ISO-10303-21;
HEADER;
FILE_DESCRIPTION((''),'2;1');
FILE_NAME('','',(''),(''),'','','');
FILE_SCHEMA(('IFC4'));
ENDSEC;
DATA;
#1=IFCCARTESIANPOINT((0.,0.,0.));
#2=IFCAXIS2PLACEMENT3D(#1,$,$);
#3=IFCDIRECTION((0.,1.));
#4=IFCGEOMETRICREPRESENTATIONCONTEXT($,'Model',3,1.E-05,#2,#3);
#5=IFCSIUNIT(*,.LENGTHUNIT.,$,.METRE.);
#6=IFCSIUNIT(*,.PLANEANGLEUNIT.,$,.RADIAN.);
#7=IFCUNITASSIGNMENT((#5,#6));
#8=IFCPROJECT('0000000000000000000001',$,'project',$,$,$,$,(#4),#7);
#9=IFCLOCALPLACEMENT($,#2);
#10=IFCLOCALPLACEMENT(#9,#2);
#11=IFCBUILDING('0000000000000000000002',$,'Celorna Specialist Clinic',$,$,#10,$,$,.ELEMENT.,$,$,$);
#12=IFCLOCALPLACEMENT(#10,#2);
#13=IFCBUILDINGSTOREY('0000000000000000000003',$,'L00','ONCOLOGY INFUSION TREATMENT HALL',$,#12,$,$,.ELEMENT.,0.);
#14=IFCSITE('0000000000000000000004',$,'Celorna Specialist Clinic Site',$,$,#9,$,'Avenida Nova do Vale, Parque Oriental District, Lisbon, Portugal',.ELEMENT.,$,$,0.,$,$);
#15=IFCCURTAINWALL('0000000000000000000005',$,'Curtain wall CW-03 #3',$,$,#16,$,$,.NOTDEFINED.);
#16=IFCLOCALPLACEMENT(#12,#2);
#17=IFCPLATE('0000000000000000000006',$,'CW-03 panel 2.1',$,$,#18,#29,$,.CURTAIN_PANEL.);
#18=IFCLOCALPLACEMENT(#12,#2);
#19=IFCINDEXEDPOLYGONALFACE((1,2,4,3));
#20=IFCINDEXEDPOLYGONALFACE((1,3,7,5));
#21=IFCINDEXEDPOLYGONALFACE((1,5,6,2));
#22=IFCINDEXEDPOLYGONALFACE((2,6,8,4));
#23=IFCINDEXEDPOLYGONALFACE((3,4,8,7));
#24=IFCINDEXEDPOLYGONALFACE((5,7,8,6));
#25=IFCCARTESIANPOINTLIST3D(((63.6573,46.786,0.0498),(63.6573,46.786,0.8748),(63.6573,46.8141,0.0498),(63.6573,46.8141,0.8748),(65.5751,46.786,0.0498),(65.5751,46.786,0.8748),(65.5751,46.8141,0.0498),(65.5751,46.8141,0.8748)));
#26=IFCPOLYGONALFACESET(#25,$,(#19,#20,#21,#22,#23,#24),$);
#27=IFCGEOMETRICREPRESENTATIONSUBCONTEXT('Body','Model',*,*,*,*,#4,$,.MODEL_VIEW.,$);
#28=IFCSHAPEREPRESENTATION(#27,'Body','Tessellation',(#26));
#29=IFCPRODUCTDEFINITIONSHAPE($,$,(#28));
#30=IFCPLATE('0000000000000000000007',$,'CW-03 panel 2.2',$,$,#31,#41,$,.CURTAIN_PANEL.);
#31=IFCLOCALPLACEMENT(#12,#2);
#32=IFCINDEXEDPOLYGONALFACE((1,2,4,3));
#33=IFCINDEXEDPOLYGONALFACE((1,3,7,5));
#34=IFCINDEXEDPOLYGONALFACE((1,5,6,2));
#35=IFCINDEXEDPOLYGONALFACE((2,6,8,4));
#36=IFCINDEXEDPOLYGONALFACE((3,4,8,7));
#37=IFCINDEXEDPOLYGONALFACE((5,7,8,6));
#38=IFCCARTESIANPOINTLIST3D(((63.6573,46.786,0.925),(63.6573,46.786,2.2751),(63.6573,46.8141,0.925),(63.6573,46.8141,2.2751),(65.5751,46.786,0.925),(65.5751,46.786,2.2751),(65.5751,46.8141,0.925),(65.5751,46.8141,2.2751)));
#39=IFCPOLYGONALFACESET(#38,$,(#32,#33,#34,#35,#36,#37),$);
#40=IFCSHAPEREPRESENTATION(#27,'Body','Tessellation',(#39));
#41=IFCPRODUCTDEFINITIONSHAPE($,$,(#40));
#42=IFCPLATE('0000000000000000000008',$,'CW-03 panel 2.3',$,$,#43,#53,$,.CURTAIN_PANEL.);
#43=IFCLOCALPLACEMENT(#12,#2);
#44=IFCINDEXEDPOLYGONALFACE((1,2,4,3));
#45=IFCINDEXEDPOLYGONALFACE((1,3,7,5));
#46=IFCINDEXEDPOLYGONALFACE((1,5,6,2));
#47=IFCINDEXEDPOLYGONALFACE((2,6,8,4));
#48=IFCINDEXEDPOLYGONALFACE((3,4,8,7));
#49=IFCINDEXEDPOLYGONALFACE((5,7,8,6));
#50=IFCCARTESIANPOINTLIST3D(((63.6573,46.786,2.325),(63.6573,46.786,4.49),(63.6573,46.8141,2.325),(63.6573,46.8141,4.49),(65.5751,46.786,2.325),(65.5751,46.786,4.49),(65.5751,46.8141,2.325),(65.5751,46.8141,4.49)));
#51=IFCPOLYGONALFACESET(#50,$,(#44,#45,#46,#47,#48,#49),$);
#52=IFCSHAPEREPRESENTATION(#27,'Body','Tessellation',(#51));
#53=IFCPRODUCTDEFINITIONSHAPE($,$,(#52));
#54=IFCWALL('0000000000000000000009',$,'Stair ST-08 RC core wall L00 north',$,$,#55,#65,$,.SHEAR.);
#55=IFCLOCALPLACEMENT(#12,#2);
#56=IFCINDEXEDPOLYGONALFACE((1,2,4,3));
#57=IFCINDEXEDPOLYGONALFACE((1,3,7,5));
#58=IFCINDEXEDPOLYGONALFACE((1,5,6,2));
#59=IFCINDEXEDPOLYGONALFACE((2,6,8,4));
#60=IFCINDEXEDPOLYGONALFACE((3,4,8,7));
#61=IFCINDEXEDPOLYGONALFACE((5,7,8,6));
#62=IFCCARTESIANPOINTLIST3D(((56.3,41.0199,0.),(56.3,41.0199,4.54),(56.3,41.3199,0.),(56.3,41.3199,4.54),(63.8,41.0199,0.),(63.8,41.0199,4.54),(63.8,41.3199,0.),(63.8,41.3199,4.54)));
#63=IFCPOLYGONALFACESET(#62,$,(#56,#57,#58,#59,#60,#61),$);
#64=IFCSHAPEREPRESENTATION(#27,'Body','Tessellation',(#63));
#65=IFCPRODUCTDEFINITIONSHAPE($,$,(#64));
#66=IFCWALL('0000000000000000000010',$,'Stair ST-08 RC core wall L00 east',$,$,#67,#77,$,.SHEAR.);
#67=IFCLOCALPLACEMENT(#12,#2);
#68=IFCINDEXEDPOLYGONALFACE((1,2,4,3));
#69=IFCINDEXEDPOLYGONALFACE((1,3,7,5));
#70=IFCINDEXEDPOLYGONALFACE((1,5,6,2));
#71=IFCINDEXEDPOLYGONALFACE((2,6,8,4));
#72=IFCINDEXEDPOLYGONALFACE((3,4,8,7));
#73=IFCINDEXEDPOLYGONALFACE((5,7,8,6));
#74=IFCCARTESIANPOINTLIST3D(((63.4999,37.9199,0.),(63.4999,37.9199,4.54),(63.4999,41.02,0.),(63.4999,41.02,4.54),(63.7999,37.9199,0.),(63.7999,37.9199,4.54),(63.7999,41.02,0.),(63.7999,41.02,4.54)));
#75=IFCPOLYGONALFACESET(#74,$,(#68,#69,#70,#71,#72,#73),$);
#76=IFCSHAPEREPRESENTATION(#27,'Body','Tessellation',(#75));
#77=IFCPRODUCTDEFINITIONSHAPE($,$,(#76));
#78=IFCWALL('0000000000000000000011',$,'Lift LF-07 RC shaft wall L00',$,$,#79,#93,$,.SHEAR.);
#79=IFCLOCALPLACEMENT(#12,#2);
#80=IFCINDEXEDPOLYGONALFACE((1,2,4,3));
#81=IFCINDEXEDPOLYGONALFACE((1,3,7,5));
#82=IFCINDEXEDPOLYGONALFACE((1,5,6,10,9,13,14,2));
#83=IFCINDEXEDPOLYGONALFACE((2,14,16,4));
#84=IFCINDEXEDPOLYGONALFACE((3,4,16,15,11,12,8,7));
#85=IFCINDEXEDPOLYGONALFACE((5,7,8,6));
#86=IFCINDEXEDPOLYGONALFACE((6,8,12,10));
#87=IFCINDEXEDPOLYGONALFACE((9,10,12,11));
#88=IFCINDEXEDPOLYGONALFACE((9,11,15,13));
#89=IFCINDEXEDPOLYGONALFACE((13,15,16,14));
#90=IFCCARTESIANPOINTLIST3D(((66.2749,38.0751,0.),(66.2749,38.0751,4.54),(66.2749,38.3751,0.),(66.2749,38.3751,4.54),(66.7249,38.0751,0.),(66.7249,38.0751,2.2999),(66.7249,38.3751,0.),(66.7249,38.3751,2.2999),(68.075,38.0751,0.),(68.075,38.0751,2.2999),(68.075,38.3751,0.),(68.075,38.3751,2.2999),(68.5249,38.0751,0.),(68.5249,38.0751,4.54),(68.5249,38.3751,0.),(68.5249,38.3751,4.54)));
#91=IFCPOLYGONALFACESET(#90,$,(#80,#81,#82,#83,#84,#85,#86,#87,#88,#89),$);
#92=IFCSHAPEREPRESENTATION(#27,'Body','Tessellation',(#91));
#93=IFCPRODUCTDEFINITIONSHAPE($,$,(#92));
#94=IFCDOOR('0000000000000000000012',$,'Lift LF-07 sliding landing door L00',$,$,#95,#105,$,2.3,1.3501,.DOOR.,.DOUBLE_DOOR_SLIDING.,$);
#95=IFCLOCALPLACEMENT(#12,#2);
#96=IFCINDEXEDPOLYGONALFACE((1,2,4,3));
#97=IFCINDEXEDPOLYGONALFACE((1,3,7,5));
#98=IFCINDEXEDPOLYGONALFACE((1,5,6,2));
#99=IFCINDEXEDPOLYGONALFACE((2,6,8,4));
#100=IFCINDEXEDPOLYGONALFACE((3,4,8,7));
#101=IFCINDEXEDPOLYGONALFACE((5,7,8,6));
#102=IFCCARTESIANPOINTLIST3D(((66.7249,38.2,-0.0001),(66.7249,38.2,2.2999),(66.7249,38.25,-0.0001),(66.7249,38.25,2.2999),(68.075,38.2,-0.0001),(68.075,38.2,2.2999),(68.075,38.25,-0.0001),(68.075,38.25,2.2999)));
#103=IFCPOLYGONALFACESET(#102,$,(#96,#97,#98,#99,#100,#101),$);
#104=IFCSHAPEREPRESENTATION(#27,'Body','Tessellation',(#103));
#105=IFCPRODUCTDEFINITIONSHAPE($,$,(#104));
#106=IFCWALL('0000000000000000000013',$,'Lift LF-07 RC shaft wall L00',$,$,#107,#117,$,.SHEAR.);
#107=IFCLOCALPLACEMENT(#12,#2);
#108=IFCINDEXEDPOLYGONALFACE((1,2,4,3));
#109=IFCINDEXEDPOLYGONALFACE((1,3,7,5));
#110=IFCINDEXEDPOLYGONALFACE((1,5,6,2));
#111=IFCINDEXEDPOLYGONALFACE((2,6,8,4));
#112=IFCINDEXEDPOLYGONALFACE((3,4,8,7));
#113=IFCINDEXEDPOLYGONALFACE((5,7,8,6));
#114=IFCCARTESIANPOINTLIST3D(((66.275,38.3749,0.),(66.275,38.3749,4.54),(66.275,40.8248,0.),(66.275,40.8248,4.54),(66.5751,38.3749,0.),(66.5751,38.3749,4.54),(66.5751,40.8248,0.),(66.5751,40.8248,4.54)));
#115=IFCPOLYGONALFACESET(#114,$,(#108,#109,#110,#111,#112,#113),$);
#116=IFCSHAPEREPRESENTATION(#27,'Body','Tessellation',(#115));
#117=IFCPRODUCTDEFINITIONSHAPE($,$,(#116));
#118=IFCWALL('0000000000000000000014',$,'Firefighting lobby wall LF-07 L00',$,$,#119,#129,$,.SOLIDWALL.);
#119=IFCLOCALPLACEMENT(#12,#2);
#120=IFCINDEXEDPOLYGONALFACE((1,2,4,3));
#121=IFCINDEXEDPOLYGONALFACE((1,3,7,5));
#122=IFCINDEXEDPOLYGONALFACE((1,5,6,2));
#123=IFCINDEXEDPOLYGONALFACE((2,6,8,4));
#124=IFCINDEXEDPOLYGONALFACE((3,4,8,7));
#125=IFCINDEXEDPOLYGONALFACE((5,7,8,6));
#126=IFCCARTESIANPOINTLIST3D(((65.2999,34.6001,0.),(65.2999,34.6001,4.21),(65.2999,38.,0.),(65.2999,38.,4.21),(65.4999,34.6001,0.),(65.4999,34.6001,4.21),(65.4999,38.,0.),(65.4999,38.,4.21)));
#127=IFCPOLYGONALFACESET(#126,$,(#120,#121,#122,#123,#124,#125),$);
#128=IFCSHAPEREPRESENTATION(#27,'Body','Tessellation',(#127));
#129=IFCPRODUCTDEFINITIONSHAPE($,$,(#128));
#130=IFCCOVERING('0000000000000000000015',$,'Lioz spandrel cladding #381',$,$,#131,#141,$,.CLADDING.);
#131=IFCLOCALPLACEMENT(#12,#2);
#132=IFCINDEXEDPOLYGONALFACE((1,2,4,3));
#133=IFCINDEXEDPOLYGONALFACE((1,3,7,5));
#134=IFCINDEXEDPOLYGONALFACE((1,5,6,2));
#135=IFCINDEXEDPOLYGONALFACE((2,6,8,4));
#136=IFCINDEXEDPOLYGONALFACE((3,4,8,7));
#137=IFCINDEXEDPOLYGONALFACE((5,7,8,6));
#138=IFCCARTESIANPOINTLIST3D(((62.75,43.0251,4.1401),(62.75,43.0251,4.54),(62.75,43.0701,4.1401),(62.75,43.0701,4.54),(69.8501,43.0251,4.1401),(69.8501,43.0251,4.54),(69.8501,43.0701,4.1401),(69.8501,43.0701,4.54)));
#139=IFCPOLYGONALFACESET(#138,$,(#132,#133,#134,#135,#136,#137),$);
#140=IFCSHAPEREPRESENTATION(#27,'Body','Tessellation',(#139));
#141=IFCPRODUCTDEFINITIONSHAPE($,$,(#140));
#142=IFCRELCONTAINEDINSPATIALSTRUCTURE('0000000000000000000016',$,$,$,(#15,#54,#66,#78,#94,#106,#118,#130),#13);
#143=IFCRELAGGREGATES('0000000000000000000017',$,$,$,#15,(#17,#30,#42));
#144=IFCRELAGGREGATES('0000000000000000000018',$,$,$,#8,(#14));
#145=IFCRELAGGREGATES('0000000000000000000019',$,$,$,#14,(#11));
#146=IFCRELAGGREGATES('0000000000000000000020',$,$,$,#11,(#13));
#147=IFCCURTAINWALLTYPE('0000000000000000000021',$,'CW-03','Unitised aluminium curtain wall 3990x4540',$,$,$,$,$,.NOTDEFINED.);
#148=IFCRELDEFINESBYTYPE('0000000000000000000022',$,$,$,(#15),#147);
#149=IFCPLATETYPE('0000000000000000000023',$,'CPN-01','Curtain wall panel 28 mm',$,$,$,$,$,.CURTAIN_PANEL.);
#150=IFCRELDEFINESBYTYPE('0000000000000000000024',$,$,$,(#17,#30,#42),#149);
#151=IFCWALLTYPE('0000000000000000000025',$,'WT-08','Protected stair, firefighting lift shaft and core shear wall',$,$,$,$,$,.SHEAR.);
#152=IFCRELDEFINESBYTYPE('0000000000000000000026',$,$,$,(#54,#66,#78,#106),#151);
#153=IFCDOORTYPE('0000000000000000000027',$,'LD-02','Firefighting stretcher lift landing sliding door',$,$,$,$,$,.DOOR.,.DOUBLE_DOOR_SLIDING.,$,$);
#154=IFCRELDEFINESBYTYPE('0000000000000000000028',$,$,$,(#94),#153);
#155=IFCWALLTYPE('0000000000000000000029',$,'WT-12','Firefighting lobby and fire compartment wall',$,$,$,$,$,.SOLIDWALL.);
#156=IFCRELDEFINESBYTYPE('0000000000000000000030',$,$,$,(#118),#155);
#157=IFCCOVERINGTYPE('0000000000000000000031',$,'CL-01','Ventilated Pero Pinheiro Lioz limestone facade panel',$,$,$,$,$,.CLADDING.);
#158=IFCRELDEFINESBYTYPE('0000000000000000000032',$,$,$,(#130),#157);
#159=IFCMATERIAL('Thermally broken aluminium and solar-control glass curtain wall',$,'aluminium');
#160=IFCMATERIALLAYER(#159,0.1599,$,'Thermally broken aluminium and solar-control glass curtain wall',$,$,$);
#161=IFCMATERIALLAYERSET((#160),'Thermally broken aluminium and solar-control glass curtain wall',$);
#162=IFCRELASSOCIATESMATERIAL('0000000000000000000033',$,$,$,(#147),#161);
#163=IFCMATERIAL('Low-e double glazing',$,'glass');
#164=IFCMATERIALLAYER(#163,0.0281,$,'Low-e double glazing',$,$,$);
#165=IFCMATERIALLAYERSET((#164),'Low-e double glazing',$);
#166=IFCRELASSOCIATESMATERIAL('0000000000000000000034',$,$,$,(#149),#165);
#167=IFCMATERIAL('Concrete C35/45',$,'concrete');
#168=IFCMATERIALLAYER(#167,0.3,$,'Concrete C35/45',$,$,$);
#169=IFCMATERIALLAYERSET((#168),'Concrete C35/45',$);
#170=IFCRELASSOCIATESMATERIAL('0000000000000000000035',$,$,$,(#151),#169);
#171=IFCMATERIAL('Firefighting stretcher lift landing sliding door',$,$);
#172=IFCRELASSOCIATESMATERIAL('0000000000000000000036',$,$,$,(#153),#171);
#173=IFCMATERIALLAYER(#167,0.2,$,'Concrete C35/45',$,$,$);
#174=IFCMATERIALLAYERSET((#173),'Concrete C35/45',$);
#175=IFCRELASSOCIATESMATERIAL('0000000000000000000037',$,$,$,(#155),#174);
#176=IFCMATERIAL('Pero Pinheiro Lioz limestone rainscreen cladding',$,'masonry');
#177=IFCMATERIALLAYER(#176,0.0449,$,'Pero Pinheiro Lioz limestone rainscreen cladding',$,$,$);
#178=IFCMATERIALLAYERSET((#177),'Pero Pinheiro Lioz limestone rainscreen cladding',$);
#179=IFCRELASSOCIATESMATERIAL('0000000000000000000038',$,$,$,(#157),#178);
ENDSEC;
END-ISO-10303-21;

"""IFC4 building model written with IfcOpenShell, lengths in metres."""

from ifc_helpers import new_model, si_unit, direction, frame, frame_2d, origin, origin_2d, place, context, subcontext, project, spatial, rectangle, extrude, material, layer, layer_set, type_object, element, fill, aggregate, save


model = new_model("IFC4")

# Units and contexts
model_context = context("Model", 3, precision=1e-05, world=origin(), true_north=direction((0.0, 1.0)))
body_context = subcontext(model_context, "Body", "Model", "MODEL_VIEW")
ifc_project = project(units=[si_unit("LENGTHUNIT", "METRE"), si_unit("PLANEANGLEUNIT", "RADIAN")], contexts=[model_context])

# Site, building, storey
site_placement = place(None, origin())
site = spatial("IfcSite", under=ifc_project, at=site_placement, Name="Celorna Specialist Clinic Site", LongName="Avenida Nova do Vale, Parque Oriental District, Lisbon, Portugal", CompositionType="ELEMENT", RefElevation=0.0)
building_placement = place(site_placement, origin())
building = spatial("IfcBuilding", under=site, at=building_placement, Name="Celorna Specialist Clinic", CompositionType="ELEMENT")
storey_placement = place(building_placement, origin())
storey = spatial("IfcBuildingStorey", under=building, at=storey_placement, Name="L00", Description="ONCOLOGY INFUSION TREATMENT HALL", CompositionType="ELEMENT", Elevation=0.0)

# Shared definitions
ifc_material_1 = material(Name="Concrete C35/45", Category="concrete")

# Curtain wall
ifc_material_2 = material(Name="Thermally broken aluminium and solar-control glass curtain wall", Category="aluminium")
ifc_layer_1 = layer(ifc_material_2, 0.1599, Name="Thermally broken aluminium and solar-control glass curtain wall")
ifc_layer_set_1 = layer_set([ifc_layer_1], Name="Thermally broken aluminium and solar-control glass curtain wall")
curtain_wall_type_1 = type_object("IfcCurtainWallType", Name="CW-03", Description="Unitised aluminium curtain wall 3990x4540", PredefinedType="NOTDEFINED", material=ifc_layer_set_1)
curtain_wall_1_placement = place(storey_placement, origin())
curtain_wall_1 = element("IfcCurtainWall", 1, at=curtain_wall_1_placement, inside=storey, type_object=curtain_wall_type_1, Name="Curtain wall CW-03 #3", PredefinedType="NOTDEFINED")

# Plates
ifc_material_3 = material(Name="Low-e double glazing", Category="glass")
ifc_layer_2 = layer(ifc_material_3, 0.0281, Name="Low-e double glazing")
ifc_layer_set_2 = layer_set([ifc_layer_2], Name="Low-e double glazing")
plate_type = type_object("IfcPlateType", Name="CPN-01", Description="Curtain wall panel 28 mm", PredefinedType="CURTAIN_PANEL", material=ifc_layer_set_2)
plate_1_placement = place(storey_placement, frame((64.6162, 46.8, 0.0498), z_axis=(0.0, 0.0, 1.0), x_axis=(-1.0, 0.0, 0.0)))
plate_1 = element("IfcPlate", 2, at=plate_1_placement, type_object=plate_type, Name="CW-03 panel 2.1", PredefinedType="CURTAIN_PANEL", context=body_context, shape_type="SweptSolid", body=[
    extrude(rectangle(XDim=1.9177, YDim=0.0281, at=origin_2d()), origin(), (0.0, 0.0, 1.0), 0.825),
])
plate_2_placement = place(storey_placement, frame((64.6162, 46.8, 0.925), z_axis=(0.0, 0.0, 1.0), x_axis=(-1.0, 0.0, 0.0)))
plate_2 = element("IfcPlate", 3, at=plate_2_placement, type_object=plate_type, Name="CW-03 panel 2.2", PredefinedType="CURTAIN_PANEL", context=body_context, shape_type="SweptSolid", body=[
    extrude(rectangle(XDim=1.9177, YDim=0.0281, at=origin_2d()), origin(), (0.0, 0.0, 1.0), 1.3501),
])
plate_3_placement = place(storey_placement, frame((64.6162, 46.8, 2.325), z_axis=(0.0, 0.0, 1.0), x_axis=(-1.0, 0.0, 0.0)))
plate_3 = element("IfcPlate", 4, at=plate_3_placement, type_object=plate_type, Name="CW-03 panel 2.3", PredefinedType="CURTAIN_PANEL", context=body_context, shape_type="SweptSolid", body=[
    extrude(rectangle(XDim=1.9177, YDim=0.0281, at=origin_2d()), origin(), (0.0, 0.0, 1.0), 2.165),
])
aggregate(curtain_wall_1, [plate_1, plate_2, plate_3])

# Walls
ifc_layer_3 = layer(ifc_material_1, 0.3, Name="Concrete C35/45")
ifc_layer_set_3 = layer_set([ifc_layer_3], Name="Concrete C35/45")
wall_type_1 = type_object("IfcWallType", Name="WT-08", Description="Protected stair, firefighting lift shaft and core shear wall", PredefinedType="SHEAR", material=ifc_layer_set_3)
wall_1_placement = place(storey_placement, frame((63.8, 41.1699, 0.0), z_axis=(0.0, 0.0, 1.0), x_axis=(-1.0, 0.0, 0.0)))
element("IfcWall", 5, at=wall_1_placement, inside=storey, type_object=wall_type_1, Name="Stair ST-08 RC core wall L00 north", PredefinedType="SHEAR", context=body_context, shape_type="SweptSolid", body=[
    extrude(rectangle(XDim=7.5, YDim=0.3, at=frame_2d((3.75, 0.0))), origin(), (0.0, 0.0, 1.0), 4.54),
])
wall_2_placement = place(storey_placement, frame((63.6499, 37.9199, 0.0), z_axis=(0.0, 0.0, 1.0), x_axis=(0.0, 1.0, 0.0)))
element("IfcWall", 6, at=wall_2_placement, inside=storey, type_object=wall_type_1, Name="Stair ST-08 RC core wall L00 east", PredefinedType="SHEAR", context=body_context, shape_type="SweptSolid", body=[
    extrude(rectangle(XDim=3.1001, YDim=0.3, at=frame_2d((1.55, 0.0))), origin(), (0.0, 0.0, 1.0), 4.54),
])

# Wall, opening, door
wall_3_placement = place(storey_placement, frame((66.2749, 38.2251, 0.0), z_axis=(0.0, 0.0, 1.0), x_axis=(1.0, 0.0, 0.0)))
wall_3 = element("IfcWall", 7, at=wall_3_placement, inside=storey, type_object=wall_type_1, Name="Lift LF-07 RC shaft wall L00", PredefinedType="SHEAR", context=body_context, shape_type="SweptSolid", body=[
    extrude(rectangle(XDim=2.25, YDim=0.3, at=frame_2d((1.125, 0.0))), origin(), (0.0, 0.0, 1.0), 4.54),
])
opening_placement = place(wall_3_placement, frame((0.45, 0.0, 0.0)))
opening = element("IfcOpeningElement", 8, at=opening_placement, cuts=wall_3, PredefinedType="OPENING", context=body_context, shape_type="SweptSolid", body=[
    extrude(rectangle(XDim=1.3501, YDim=2.3, at=frame_2d((0.675, 1.1499))), frame((0.0, 0.1599, 0.0), z_axis=(0.0, -1.0, 0.0), x_axis=(1.0, 0.0, 0.0)), (0.0, 0.0, 1.0), 0.3201),
])
ifc_material_4 = material(Name="Firefighting stretcher lift landing sliding door")
door_type = type_object("IfcDoorType", Name="LD-02", Description="Firefighting stretcher lift landing sliding door", OperationType="DOUBLE_DOOR_SLIDING", PredefinedType="DOOR", material=ifc_material_4)
door_placement = place(opening_placement, origin())
door = element("IfcDoor", 9, at=door_placement, inside=storey, type_object=door_type, Name="Lift LF-07 sliding landing door L00", OperationType="DOUBLE_DOOR_SLIDING", OverallHeight=2.3, OverallWidth=1.3501, PredefinedType="DOOR", context=body_context, shape_type="SweptSolid", body=[
    extrude(rectangle(XDim=1.3501, YDim=2.3, at=frame_2d((0.675, 1.1499))), frame((0.0, 0.0249, 0.0), z_axis=(0.0, -1.0, 0.0), x_axis=(1.0, 0.0, 0.0)), (0.0, 0.0, 1.0), 0.05),
])
fill(opening, door)

# Walls
wall_4_placement = place(storey_placement, frame((66.425, 40.825, 0.0), z_axis=(0.0, 0.0, 1.0), x_axis=(0.0, -1.0, 0.0)))
element("IfcWall", 10, at=wall_4_placement, inside=storey, type_object=wall_type_1, Name="Lift LF-07 RC shaft wall L00", PredefinedType="SHEAR", context=body_context, shape_type="SweptSolid", body=[
    extrude(rectangle(XDim=2.45, YDim=0.3, at=frame_2d((1.2251, 0.0))), origin(), (0.0, 0.0, 1.0), 4.54),
])
ifc_layer_4 = layer(ifc_material_1, 0.2, Name="Concrete C35/45")
ifc_layer_set_4 = layer_set([ifc_layer_4], Name="Concrete C35/45")
wall_type_2 = type_object("IfcWallType", Name="WT-12", Description="Firefighting lobby and fire compartment wall", PredefinedType="SOLIDWALL", material=ifc_layer_set_4)
wall_5_placement = place(storey_placement, frame((65.3999, 38.0, 0.0), z_axis=(0.0, 0.0, 1.0), x_axis=(0.0, -1.0, 0.0)))
element("IfcWall", 11, at=wall_5_placement, inside=storey, type_object=wall_type_2, Name="Firefighting lobby wall LF-07 L00", PredefinedType="SOLIDWALL", context=body_context, shape_type="SweptSolid", body=[
    extrude(rectangle(XDim=3.3999, YDim=0.2, at=frame_2d((1.7, 0.0))), origin(), (0.0, 0.0, 1.0), 4.21),
])

# Covering
ifc_material_5 = material(Name="Pero Pinheiro Lioz limestone rainscreen cladding", Category="masonry")
ifc_layer_5 = layer(ifc_material_5, 0.0449, Name="Pero Pinheiro Lioz limestone rainscreen cladding")
ifc_layer_set_5 = layer_set([ifc_layer_5], Name="Pero Pinheiro Lioz limestone rainscreen cladding")
covering_type = type_object("IfcCoveringType", Name="CL-01", Description="Ventilated Pero Pinheiro Lioz limestone facade panel", PredefinedType="CLADDING", material=ifc_layer_set_5)
covering_placement = place(storey_placement, frame((66.3, 43.0476, 4.1401), z_axis=(0.0, 0.0, 1.0), x_axis=(1.0, 0.0, 0.0)))
element("IfcCovering", 12, at=covering_placement, inside=storey, type_object=covering_type, Name="Lioz spandrel cladding #381", PredefinedType="CLADDING", context=body_context, shape_type="SweptSolid", body=[
    extrude(rectangle(XDim=7.1001, YDim=0.0449, at=origin_2d()), origin(), (0.0, 0.0, 1.0), 0.3999),
])

save(model, "model.ifc")
